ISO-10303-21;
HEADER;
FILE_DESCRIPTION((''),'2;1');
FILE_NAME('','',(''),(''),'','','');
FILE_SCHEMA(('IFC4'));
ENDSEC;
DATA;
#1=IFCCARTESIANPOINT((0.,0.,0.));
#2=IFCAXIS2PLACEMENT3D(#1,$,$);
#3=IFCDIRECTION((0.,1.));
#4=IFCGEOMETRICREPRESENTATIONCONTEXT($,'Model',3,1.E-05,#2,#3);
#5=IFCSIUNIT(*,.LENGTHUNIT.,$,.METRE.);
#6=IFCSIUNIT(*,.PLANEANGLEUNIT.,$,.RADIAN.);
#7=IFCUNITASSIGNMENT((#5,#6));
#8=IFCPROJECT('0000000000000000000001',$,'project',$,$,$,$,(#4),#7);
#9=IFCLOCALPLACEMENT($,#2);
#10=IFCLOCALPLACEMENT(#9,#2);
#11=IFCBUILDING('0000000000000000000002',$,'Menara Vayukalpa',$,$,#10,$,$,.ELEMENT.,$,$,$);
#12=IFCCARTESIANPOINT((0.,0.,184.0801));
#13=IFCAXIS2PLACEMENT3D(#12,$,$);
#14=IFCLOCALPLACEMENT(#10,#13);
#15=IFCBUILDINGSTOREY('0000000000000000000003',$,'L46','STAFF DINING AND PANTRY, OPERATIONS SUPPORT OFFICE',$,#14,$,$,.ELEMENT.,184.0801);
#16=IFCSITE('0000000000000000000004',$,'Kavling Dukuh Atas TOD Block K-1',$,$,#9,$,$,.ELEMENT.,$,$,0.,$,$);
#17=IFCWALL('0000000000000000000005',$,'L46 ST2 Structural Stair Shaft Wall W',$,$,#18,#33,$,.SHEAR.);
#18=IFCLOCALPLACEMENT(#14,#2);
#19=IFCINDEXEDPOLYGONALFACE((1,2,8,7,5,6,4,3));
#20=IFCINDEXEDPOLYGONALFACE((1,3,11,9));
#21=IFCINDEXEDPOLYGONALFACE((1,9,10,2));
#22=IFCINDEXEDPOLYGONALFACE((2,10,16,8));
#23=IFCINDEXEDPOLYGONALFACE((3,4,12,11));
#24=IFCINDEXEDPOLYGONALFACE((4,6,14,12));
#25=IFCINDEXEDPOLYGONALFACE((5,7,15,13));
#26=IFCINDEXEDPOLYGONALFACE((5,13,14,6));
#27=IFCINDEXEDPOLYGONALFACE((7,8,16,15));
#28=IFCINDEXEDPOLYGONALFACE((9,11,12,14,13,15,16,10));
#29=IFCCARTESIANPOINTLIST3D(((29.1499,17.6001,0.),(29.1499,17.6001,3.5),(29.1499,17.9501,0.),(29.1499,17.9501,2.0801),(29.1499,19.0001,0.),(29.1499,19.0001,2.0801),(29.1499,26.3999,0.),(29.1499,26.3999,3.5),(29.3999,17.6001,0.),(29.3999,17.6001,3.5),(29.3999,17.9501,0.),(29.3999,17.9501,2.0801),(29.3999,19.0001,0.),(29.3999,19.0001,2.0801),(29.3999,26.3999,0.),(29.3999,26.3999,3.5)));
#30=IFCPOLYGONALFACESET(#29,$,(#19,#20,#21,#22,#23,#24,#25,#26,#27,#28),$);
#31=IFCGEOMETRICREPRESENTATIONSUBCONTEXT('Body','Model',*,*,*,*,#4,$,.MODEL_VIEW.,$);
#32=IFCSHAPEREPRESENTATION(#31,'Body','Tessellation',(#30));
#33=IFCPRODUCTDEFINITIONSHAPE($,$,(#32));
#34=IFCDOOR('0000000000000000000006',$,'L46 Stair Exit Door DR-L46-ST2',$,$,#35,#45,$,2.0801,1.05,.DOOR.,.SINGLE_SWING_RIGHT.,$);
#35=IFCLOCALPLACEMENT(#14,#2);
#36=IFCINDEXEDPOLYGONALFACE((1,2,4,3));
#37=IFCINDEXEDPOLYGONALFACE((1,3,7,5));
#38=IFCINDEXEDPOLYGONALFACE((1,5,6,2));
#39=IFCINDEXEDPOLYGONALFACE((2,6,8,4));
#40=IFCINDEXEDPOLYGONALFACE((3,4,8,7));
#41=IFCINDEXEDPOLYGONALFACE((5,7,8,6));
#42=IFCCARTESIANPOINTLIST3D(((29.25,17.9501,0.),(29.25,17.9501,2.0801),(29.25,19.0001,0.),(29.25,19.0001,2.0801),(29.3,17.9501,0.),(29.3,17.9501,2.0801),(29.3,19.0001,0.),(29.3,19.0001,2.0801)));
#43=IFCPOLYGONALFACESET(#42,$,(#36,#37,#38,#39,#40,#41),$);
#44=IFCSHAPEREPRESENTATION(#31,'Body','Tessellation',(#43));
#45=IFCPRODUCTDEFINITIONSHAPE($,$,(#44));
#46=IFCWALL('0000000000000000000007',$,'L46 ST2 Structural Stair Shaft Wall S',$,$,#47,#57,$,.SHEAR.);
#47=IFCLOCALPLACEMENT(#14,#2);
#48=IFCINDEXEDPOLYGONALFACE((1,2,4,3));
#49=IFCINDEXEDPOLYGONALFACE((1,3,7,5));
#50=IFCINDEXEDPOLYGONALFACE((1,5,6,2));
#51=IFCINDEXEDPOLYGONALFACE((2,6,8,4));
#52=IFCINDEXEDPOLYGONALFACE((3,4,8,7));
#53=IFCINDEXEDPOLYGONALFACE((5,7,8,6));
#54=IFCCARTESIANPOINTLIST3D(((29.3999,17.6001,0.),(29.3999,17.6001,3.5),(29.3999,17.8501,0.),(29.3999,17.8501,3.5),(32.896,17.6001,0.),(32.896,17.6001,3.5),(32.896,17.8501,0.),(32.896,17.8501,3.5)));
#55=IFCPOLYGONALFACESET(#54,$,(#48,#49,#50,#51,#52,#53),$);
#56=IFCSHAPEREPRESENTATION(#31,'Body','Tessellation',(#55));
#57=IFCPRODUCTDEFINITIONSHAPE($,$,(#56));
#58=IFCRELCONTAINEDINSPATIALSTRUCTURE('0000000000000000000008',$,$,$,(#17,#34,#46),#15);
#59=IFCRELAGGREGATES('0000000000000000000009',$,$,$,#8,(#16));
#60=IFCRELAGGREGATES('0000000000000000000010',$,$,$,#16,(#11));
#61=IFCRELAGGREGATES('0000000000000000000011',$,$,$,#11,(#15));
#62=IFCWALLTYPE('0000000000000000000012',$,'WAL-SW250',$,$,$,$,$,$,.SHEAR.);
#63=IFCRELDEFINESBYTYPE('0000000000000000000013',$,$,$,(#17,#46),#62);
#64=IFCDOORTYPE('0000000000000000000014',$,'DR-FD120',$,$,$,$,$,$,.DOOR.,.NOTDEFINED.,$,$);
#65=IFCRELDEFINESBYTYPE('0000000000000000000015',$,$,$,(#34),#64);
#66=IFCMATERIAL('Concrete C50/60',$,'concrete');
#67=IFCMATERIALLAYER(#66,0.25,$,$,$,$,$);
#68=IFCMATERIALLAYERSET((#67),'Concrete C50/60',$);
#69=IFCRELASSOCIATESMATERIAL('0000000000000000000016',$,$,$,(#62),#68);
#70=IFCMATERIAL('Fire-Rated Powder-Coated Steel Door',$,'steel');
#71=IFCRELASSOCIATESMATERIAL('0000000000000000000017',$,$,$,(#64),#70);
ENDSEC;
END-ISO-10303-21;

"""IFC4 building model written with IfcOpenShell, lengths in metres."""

from ifc_helpers import new_model, si_unit, direction, frame, frame_2d, origin, place, context, subcontext, project, spatial, rectangle, extrude, material, layer, layer_set, type_object, element, fill, save


model = new_model("IFC4")

# Units and contexts
model_context = context("Model", 3, precision=1e-05, world=origin(), true_north=direction((0.0, 1.0)))
body_context = subcontext(model_context, "Body", "Model", "MODEL_VIEW")
ifc_project = project(units=[si_unit("LENGTHUNIT", "METRE"), si_unit("PLANEANGLEUNIT", "RADIAN")], contexts=[model_context])

# Site, building, storey
site_placement = place(None, origin())
site = spatial("IfcSite", under=ifc_project, at=site_placement, Name="Kavling Dukuh Atas TOD Block K-1", CompositionType="ELEMENT", RefElevation=0.0)
building_placement = place(site_placement, origin())
building = spatial("IfcBuilding", under=site, at=building_placement, Name="Menara Vayukalpa", CompositionType="ELEMENT")
storey_placement = place(building_placement, frame((0.0, 0.0, 184.0801)))
storey = spatial("IfcBuildingStorey", under=building, at=storey_placement, Name="L46", Description="STAFF DINING AND PANTRY, OPERATIONS SUPPORT OFFICE", CompositionType="ELEMENT", Elevation=184.0801)

# Wall, opening, door
ifc_material_1 = material(Name="Concrete C50/60", Category="concrete")
ifc_layer_1 = layer(ifc_material_1, 0.25)
ifc_layer_set_1 = layer_set([ifc_layer_1], Name="Concrete C50/60")
wall_type_1 = type_object("IfcWallType", Name="WAL-SW250", PredefinedType="SHEAR", material=ifc_layer_set_1)
wall_1_placement = place(storey_placement, frame((29.2749, 17.6001, 0.0), z_axis=(0.0, 0.0, 1.0), x_axis=(0.0, 1.0, 0.0)))
wall_1 = element("IfcWall", 1, at=wall_1_placement, inside=storey, type_object=wall_type_1, Name="L46 ST2 Structural Stair Shaft Wall W", PredefinedType="SHEAR", context=body_context, shape_type="SweptSolid", body=[
    extrude(rectangle(XDim=8.7998, YDim=0.25, at=frame_2d((4.3999, 0.0))), origin(), (0.0, 0.0, 1.0), 3.5),
])
opening_1_placement = place(wall_1_placement, frame((0.3501, 0.0, 0.0)))
opening_1 = element("IfcOpeningElement", 2, at=opening_1_placement, cuts=wall_1, PredefinedType="OPENING", context=body_context, shape_type="SweptSolid", body=[
    extrude(rectangle(XDim=1.05, YDim=2.0801, at=frame_2d((0.5249, 1.04))), frame((0.0, 0.135, 0.0), z_axis=(0.0, -1.0, 0.0), x_axis=(1.0, 0.0, 0.0)), (0.0, 0.0, 1.0), 0.27),
])
ifc_material_2 = material(Name="Fire-Rated Powder-Coated Steel Door", Category="steel")
door_type_1 = type_object("IfcDoorType", Name="DR-FD120", OperationType="NOTDEFINED", PredefinedType="DOOR", material=ifc_material_2)
door_1_placement = place(opening_1_placement, origin())
door_1 = element("IfcDoor", 3, at=door_1_placement, inside=storey, type_object=door_type_1, Name="L46 Stair Exit Door DR-L46-ST2", OperationType="SINGLE_SWING_RIGHT", OverallHeight=2.0801, OverallWidth=1.05, PredefinedType="DOOR", context=body_context, shape_type="SweptSolid", body=[
    extrude(rectangle(XDim=1.05, YDim=2.0801, at=frame_2d((0.5249, 1.04))), frame((0.0, 0.0249, 0.0), z_axis=(0.0, -1.0, 0.0), x_axis=(1.0, 0.0, 0.0)), (0.0, 0.0, 1.0), 0.05),
])
fill(opening_1, door_1)

# Wall
wall_2_placement = place(storey_placement, frame((29.3999, 17.7251, 0.0), z_axis=(0.0, 0.0, 1.0), x_axis=(1.0, 0.0, 0.0)))
element("IfcWall", 4, at=wall_2_placement, inside=storey, type_object=wall_type_1, Name="L46 ST2 Structural Stair Shaft Wall S", PredefinedType="SHEAR", context=body_context, shape_type="SweptSolid", body=[
    extrude(rectangle(XDim=3.4961, YDim=0.25, at=frame_2d((1.748, 0.0))), origin(), (0.0, 0.0, 1.0), 3.5),
])

save(model, "model.ifc")
